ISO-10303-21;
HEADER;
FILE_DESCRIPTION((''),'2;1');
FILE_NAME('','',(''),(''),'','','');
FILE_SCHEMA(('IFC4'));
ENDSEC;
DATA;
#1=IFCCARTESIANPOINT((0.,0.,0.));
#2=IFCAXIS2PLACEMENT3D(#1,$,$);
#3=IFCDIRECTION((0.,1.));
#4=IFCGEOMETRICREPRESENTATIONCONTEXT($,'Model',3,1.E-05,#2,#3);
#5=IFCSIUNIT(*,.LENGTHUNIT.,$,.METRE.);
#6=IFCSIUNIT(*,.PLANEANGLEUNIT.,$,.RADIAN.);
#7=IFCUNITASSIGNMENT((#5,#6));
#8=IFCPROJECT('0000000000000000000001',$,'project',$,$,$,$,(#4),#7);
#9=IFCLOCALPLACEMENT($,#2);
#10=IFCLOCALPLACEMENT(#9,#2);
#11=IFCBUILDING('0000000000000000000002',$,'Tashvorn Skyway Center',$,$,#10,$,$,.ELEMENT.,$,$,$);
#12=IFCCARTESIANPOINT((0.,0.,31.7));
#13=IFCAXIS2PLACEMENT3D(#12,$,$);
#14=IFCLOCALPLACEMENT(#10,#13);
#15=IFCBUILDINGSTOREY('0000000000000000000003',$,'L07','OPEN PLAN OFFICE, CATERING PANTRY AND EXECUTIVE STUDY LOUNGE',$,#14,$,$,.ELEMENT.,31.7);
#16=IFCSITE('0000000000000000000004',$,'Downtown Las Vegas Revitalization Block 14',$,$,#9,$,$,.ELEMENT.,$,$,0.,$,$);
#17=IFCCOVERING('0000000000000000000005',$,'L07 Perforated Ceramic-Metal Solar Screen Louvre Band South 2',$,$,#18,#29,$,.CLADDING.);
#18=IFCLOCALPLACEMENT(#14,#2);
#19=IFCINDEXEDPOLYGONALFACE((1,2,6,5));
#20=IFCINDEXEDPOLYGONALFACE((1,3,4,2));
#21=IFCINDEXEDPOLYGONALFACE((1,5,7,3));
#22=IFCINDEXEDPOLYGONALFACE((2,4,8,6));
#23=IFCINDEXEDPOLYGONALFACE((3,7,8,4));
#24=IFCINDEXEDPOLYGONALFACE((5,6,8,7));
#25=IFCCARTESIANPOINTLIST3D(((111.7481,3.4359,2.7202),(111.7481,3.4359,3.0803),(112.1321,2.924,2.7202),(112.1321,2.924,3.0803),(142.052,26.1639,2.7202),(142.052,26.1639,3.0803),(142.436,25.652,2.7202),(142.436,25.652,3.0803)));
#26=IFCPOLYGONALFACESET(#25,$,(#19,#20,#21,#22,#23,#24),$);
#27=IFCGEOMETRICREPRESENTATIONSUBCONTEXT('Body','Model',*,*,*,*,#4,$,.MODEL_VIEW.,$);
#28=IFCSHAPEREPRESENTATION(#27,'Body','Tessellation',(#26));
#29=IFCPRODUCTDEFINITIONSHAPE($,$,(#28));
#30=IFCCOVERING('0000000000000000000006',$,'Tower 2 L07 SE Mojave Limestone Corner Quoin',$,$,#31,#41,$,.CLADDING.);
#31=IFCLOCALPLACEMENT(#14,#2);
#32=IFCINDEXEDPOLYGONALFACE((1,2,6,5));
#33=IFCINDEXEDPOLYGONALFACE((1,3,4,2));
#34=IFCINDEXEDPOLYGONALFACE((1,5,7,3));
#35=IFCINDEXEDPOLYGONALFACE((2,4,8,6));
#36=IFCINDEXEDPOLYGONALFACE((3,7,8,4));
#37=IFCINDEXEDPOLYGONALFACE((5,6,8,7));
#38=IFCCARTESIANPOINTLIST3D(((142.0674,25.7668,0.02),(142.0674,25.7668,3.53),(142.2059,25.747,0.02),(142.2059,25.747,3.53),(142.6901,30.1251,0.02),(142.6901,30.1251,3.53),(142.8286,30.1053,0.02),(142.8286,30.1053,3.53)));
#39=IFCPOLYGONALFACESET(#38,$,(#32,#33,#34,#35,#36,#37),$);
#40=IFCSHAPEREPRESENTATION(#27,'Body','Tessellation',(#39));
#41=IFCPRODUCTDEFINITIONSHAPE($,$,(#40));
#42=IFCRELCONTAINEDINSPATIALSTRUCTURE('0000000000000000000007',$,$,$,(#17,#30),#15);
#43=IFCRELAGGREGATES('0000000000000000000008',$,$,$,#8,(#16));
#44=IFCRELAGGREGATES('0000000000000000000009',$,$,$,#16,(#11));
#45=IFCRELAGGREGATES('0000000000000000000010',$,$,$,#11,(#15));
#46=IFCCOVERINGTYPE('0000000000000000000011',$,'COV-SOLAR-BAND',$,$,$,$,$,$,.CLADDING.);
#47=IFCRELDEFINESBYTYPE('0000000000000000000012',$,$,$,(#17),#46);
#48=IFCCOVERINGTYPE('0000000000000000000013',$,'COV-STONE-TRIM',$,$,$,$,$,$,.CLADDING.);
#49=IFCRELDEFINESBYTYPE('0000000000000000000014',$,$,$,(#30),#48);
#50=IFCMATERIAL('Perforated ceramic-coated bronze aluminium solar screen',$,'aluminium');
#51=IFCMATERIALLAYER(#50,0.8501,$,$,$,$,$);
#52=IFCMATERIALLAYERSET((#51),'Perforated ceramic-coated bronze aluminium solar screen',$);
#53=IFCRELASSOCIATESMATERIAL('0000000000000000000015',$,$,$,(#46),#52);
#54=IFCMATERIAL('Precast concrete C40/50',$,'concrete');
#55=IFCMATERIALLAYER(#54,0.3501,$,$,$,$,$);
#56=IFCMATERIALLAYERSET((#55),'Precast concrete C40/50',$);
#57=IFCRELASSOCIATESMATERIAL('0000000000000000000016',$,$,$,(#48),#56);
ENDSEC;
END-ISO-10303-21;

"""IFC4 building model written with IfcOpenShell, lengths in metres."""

from ifc_helpers import new_model, si_unit, direction, frame, origin, origin_2d, place, context, subcontext, project, spatial, rectangle, extrude, material, layer, layer_set, type_object, element, save


model = new_model("IFC4")

# Units and contexts
model_context = context("Model", 3, precision=1e-05, world=origin(), true_north=direction((0.0, 1.0)))
body_context = subcontext(model_context, "Body", "Model", "MODEL_VIEW")
ifc_project = project(units=[si_unit("LENGTHUNIT", "METRE"), si_unit("PLANEANGLEUNIT", "RADIAN")], contexts=[model_context])

# Site, building, storey
site_placement = place(None, origin())
site = spatial("IfcSite", under=ifc_project, at=site_placement, Name="Downtown Las Vegas Revitalization Block 14", CompositionType="ELEMENT", RefElevation=0.0)
building_placement = place(site_placement, origin())
building = spatial("IfcBuilding", under=site, at=building_placement, Name="Tashvorn Skyway Center", CompositionType="ELEMENT")
storey_placement = place(building_placement, frame((0.0, 0.0, 31.7)))
storey = spatial("IfcBuildingStorey", under=building, at=storey_placement, Name="L07", Description="OPEN PLAN OFFICE, CATERING PANTRY AND EXECUTIVE STUDY LOUNGE", CompositionType="ELEMENT", Elevation=31.7)

# Shared definitions
ifc_material_1 = material(Name="Precast concrete C40/50", Category="concrete")

# Coverings
ifc_material_2 = material(Name="Perforated ceramic-coated bronze aluminium solar screen", Category="aluminium")
ifc_layer_1 = layer(ifc_material_2, 0.8501)
ifc_layer_set_1 = layer_set([ifc_layer_1], Name="Perforated ceramic-coated bronze aluminium solar screen")
covering_type_1 = type_object("IfcCoveringType", Name="COV-SOLAR-BAND", PredefinedType="CLADDING", material=ifc_layer_set_1)
for number, where, z_axis, x_axis, name in (
    (1, (127.092, 14.5439, 2.7202), (0.0, 0.0, 1.0), (-0.8, -0.6, 0.0), "L07 Perforated Ceramic-Metal Solar Screen Louvre Band South 2"),
):
    element("IfcCovering", number, at=place(storey_placement, frame(where, z_axis=z_axis, x_axis=x_axis)), inside=storey, type_object=covering_type_1, Name=name, PredefinedType="CLADDING", context=body_context, shape_type="SweptSolid", body=[
        extrude(rectangle(XDim=37.8799, YDim=0.6399, at=origin_2d()), origin(), (0.0, 0.0, 1.0), 0.3601),
    ])
ifc_layer_2 = layer(ifc_material_1, 0.3501)
ifc_layer_set_2 = layer_set([ifc_layer_2], Name="Precast concrete C40/50")
covering_type_2 = type_object("IfcCoveringType", Name="COV-STONE-TRIM", PredefinedType="CLADDING", material=ifc_layer_set_2)
covering_1_placement = place(storey_placement, frame((142.448, 27.936, 0.02), z_axis=(0.0, 0.0, 1.0), x_axis=(0.141421, 0.989949, 0.0)))
element("IfcCovering", 2, at=covering_1_placement, inside=storey, type_object=covering_type_2, Name="Tower 2 L07 SE Mojave Limestone Corner Quoin", PredefinedType="CLADDING", context=body_context, shape_type="SweptSolid", body=[
    extrude(rectangle(XDim=4.4026, YDim=0.1399, at=origin_2d()), origin(), (0.0, 0.0, 1.0), 3.51),
])

save(model, "model.ifc")
